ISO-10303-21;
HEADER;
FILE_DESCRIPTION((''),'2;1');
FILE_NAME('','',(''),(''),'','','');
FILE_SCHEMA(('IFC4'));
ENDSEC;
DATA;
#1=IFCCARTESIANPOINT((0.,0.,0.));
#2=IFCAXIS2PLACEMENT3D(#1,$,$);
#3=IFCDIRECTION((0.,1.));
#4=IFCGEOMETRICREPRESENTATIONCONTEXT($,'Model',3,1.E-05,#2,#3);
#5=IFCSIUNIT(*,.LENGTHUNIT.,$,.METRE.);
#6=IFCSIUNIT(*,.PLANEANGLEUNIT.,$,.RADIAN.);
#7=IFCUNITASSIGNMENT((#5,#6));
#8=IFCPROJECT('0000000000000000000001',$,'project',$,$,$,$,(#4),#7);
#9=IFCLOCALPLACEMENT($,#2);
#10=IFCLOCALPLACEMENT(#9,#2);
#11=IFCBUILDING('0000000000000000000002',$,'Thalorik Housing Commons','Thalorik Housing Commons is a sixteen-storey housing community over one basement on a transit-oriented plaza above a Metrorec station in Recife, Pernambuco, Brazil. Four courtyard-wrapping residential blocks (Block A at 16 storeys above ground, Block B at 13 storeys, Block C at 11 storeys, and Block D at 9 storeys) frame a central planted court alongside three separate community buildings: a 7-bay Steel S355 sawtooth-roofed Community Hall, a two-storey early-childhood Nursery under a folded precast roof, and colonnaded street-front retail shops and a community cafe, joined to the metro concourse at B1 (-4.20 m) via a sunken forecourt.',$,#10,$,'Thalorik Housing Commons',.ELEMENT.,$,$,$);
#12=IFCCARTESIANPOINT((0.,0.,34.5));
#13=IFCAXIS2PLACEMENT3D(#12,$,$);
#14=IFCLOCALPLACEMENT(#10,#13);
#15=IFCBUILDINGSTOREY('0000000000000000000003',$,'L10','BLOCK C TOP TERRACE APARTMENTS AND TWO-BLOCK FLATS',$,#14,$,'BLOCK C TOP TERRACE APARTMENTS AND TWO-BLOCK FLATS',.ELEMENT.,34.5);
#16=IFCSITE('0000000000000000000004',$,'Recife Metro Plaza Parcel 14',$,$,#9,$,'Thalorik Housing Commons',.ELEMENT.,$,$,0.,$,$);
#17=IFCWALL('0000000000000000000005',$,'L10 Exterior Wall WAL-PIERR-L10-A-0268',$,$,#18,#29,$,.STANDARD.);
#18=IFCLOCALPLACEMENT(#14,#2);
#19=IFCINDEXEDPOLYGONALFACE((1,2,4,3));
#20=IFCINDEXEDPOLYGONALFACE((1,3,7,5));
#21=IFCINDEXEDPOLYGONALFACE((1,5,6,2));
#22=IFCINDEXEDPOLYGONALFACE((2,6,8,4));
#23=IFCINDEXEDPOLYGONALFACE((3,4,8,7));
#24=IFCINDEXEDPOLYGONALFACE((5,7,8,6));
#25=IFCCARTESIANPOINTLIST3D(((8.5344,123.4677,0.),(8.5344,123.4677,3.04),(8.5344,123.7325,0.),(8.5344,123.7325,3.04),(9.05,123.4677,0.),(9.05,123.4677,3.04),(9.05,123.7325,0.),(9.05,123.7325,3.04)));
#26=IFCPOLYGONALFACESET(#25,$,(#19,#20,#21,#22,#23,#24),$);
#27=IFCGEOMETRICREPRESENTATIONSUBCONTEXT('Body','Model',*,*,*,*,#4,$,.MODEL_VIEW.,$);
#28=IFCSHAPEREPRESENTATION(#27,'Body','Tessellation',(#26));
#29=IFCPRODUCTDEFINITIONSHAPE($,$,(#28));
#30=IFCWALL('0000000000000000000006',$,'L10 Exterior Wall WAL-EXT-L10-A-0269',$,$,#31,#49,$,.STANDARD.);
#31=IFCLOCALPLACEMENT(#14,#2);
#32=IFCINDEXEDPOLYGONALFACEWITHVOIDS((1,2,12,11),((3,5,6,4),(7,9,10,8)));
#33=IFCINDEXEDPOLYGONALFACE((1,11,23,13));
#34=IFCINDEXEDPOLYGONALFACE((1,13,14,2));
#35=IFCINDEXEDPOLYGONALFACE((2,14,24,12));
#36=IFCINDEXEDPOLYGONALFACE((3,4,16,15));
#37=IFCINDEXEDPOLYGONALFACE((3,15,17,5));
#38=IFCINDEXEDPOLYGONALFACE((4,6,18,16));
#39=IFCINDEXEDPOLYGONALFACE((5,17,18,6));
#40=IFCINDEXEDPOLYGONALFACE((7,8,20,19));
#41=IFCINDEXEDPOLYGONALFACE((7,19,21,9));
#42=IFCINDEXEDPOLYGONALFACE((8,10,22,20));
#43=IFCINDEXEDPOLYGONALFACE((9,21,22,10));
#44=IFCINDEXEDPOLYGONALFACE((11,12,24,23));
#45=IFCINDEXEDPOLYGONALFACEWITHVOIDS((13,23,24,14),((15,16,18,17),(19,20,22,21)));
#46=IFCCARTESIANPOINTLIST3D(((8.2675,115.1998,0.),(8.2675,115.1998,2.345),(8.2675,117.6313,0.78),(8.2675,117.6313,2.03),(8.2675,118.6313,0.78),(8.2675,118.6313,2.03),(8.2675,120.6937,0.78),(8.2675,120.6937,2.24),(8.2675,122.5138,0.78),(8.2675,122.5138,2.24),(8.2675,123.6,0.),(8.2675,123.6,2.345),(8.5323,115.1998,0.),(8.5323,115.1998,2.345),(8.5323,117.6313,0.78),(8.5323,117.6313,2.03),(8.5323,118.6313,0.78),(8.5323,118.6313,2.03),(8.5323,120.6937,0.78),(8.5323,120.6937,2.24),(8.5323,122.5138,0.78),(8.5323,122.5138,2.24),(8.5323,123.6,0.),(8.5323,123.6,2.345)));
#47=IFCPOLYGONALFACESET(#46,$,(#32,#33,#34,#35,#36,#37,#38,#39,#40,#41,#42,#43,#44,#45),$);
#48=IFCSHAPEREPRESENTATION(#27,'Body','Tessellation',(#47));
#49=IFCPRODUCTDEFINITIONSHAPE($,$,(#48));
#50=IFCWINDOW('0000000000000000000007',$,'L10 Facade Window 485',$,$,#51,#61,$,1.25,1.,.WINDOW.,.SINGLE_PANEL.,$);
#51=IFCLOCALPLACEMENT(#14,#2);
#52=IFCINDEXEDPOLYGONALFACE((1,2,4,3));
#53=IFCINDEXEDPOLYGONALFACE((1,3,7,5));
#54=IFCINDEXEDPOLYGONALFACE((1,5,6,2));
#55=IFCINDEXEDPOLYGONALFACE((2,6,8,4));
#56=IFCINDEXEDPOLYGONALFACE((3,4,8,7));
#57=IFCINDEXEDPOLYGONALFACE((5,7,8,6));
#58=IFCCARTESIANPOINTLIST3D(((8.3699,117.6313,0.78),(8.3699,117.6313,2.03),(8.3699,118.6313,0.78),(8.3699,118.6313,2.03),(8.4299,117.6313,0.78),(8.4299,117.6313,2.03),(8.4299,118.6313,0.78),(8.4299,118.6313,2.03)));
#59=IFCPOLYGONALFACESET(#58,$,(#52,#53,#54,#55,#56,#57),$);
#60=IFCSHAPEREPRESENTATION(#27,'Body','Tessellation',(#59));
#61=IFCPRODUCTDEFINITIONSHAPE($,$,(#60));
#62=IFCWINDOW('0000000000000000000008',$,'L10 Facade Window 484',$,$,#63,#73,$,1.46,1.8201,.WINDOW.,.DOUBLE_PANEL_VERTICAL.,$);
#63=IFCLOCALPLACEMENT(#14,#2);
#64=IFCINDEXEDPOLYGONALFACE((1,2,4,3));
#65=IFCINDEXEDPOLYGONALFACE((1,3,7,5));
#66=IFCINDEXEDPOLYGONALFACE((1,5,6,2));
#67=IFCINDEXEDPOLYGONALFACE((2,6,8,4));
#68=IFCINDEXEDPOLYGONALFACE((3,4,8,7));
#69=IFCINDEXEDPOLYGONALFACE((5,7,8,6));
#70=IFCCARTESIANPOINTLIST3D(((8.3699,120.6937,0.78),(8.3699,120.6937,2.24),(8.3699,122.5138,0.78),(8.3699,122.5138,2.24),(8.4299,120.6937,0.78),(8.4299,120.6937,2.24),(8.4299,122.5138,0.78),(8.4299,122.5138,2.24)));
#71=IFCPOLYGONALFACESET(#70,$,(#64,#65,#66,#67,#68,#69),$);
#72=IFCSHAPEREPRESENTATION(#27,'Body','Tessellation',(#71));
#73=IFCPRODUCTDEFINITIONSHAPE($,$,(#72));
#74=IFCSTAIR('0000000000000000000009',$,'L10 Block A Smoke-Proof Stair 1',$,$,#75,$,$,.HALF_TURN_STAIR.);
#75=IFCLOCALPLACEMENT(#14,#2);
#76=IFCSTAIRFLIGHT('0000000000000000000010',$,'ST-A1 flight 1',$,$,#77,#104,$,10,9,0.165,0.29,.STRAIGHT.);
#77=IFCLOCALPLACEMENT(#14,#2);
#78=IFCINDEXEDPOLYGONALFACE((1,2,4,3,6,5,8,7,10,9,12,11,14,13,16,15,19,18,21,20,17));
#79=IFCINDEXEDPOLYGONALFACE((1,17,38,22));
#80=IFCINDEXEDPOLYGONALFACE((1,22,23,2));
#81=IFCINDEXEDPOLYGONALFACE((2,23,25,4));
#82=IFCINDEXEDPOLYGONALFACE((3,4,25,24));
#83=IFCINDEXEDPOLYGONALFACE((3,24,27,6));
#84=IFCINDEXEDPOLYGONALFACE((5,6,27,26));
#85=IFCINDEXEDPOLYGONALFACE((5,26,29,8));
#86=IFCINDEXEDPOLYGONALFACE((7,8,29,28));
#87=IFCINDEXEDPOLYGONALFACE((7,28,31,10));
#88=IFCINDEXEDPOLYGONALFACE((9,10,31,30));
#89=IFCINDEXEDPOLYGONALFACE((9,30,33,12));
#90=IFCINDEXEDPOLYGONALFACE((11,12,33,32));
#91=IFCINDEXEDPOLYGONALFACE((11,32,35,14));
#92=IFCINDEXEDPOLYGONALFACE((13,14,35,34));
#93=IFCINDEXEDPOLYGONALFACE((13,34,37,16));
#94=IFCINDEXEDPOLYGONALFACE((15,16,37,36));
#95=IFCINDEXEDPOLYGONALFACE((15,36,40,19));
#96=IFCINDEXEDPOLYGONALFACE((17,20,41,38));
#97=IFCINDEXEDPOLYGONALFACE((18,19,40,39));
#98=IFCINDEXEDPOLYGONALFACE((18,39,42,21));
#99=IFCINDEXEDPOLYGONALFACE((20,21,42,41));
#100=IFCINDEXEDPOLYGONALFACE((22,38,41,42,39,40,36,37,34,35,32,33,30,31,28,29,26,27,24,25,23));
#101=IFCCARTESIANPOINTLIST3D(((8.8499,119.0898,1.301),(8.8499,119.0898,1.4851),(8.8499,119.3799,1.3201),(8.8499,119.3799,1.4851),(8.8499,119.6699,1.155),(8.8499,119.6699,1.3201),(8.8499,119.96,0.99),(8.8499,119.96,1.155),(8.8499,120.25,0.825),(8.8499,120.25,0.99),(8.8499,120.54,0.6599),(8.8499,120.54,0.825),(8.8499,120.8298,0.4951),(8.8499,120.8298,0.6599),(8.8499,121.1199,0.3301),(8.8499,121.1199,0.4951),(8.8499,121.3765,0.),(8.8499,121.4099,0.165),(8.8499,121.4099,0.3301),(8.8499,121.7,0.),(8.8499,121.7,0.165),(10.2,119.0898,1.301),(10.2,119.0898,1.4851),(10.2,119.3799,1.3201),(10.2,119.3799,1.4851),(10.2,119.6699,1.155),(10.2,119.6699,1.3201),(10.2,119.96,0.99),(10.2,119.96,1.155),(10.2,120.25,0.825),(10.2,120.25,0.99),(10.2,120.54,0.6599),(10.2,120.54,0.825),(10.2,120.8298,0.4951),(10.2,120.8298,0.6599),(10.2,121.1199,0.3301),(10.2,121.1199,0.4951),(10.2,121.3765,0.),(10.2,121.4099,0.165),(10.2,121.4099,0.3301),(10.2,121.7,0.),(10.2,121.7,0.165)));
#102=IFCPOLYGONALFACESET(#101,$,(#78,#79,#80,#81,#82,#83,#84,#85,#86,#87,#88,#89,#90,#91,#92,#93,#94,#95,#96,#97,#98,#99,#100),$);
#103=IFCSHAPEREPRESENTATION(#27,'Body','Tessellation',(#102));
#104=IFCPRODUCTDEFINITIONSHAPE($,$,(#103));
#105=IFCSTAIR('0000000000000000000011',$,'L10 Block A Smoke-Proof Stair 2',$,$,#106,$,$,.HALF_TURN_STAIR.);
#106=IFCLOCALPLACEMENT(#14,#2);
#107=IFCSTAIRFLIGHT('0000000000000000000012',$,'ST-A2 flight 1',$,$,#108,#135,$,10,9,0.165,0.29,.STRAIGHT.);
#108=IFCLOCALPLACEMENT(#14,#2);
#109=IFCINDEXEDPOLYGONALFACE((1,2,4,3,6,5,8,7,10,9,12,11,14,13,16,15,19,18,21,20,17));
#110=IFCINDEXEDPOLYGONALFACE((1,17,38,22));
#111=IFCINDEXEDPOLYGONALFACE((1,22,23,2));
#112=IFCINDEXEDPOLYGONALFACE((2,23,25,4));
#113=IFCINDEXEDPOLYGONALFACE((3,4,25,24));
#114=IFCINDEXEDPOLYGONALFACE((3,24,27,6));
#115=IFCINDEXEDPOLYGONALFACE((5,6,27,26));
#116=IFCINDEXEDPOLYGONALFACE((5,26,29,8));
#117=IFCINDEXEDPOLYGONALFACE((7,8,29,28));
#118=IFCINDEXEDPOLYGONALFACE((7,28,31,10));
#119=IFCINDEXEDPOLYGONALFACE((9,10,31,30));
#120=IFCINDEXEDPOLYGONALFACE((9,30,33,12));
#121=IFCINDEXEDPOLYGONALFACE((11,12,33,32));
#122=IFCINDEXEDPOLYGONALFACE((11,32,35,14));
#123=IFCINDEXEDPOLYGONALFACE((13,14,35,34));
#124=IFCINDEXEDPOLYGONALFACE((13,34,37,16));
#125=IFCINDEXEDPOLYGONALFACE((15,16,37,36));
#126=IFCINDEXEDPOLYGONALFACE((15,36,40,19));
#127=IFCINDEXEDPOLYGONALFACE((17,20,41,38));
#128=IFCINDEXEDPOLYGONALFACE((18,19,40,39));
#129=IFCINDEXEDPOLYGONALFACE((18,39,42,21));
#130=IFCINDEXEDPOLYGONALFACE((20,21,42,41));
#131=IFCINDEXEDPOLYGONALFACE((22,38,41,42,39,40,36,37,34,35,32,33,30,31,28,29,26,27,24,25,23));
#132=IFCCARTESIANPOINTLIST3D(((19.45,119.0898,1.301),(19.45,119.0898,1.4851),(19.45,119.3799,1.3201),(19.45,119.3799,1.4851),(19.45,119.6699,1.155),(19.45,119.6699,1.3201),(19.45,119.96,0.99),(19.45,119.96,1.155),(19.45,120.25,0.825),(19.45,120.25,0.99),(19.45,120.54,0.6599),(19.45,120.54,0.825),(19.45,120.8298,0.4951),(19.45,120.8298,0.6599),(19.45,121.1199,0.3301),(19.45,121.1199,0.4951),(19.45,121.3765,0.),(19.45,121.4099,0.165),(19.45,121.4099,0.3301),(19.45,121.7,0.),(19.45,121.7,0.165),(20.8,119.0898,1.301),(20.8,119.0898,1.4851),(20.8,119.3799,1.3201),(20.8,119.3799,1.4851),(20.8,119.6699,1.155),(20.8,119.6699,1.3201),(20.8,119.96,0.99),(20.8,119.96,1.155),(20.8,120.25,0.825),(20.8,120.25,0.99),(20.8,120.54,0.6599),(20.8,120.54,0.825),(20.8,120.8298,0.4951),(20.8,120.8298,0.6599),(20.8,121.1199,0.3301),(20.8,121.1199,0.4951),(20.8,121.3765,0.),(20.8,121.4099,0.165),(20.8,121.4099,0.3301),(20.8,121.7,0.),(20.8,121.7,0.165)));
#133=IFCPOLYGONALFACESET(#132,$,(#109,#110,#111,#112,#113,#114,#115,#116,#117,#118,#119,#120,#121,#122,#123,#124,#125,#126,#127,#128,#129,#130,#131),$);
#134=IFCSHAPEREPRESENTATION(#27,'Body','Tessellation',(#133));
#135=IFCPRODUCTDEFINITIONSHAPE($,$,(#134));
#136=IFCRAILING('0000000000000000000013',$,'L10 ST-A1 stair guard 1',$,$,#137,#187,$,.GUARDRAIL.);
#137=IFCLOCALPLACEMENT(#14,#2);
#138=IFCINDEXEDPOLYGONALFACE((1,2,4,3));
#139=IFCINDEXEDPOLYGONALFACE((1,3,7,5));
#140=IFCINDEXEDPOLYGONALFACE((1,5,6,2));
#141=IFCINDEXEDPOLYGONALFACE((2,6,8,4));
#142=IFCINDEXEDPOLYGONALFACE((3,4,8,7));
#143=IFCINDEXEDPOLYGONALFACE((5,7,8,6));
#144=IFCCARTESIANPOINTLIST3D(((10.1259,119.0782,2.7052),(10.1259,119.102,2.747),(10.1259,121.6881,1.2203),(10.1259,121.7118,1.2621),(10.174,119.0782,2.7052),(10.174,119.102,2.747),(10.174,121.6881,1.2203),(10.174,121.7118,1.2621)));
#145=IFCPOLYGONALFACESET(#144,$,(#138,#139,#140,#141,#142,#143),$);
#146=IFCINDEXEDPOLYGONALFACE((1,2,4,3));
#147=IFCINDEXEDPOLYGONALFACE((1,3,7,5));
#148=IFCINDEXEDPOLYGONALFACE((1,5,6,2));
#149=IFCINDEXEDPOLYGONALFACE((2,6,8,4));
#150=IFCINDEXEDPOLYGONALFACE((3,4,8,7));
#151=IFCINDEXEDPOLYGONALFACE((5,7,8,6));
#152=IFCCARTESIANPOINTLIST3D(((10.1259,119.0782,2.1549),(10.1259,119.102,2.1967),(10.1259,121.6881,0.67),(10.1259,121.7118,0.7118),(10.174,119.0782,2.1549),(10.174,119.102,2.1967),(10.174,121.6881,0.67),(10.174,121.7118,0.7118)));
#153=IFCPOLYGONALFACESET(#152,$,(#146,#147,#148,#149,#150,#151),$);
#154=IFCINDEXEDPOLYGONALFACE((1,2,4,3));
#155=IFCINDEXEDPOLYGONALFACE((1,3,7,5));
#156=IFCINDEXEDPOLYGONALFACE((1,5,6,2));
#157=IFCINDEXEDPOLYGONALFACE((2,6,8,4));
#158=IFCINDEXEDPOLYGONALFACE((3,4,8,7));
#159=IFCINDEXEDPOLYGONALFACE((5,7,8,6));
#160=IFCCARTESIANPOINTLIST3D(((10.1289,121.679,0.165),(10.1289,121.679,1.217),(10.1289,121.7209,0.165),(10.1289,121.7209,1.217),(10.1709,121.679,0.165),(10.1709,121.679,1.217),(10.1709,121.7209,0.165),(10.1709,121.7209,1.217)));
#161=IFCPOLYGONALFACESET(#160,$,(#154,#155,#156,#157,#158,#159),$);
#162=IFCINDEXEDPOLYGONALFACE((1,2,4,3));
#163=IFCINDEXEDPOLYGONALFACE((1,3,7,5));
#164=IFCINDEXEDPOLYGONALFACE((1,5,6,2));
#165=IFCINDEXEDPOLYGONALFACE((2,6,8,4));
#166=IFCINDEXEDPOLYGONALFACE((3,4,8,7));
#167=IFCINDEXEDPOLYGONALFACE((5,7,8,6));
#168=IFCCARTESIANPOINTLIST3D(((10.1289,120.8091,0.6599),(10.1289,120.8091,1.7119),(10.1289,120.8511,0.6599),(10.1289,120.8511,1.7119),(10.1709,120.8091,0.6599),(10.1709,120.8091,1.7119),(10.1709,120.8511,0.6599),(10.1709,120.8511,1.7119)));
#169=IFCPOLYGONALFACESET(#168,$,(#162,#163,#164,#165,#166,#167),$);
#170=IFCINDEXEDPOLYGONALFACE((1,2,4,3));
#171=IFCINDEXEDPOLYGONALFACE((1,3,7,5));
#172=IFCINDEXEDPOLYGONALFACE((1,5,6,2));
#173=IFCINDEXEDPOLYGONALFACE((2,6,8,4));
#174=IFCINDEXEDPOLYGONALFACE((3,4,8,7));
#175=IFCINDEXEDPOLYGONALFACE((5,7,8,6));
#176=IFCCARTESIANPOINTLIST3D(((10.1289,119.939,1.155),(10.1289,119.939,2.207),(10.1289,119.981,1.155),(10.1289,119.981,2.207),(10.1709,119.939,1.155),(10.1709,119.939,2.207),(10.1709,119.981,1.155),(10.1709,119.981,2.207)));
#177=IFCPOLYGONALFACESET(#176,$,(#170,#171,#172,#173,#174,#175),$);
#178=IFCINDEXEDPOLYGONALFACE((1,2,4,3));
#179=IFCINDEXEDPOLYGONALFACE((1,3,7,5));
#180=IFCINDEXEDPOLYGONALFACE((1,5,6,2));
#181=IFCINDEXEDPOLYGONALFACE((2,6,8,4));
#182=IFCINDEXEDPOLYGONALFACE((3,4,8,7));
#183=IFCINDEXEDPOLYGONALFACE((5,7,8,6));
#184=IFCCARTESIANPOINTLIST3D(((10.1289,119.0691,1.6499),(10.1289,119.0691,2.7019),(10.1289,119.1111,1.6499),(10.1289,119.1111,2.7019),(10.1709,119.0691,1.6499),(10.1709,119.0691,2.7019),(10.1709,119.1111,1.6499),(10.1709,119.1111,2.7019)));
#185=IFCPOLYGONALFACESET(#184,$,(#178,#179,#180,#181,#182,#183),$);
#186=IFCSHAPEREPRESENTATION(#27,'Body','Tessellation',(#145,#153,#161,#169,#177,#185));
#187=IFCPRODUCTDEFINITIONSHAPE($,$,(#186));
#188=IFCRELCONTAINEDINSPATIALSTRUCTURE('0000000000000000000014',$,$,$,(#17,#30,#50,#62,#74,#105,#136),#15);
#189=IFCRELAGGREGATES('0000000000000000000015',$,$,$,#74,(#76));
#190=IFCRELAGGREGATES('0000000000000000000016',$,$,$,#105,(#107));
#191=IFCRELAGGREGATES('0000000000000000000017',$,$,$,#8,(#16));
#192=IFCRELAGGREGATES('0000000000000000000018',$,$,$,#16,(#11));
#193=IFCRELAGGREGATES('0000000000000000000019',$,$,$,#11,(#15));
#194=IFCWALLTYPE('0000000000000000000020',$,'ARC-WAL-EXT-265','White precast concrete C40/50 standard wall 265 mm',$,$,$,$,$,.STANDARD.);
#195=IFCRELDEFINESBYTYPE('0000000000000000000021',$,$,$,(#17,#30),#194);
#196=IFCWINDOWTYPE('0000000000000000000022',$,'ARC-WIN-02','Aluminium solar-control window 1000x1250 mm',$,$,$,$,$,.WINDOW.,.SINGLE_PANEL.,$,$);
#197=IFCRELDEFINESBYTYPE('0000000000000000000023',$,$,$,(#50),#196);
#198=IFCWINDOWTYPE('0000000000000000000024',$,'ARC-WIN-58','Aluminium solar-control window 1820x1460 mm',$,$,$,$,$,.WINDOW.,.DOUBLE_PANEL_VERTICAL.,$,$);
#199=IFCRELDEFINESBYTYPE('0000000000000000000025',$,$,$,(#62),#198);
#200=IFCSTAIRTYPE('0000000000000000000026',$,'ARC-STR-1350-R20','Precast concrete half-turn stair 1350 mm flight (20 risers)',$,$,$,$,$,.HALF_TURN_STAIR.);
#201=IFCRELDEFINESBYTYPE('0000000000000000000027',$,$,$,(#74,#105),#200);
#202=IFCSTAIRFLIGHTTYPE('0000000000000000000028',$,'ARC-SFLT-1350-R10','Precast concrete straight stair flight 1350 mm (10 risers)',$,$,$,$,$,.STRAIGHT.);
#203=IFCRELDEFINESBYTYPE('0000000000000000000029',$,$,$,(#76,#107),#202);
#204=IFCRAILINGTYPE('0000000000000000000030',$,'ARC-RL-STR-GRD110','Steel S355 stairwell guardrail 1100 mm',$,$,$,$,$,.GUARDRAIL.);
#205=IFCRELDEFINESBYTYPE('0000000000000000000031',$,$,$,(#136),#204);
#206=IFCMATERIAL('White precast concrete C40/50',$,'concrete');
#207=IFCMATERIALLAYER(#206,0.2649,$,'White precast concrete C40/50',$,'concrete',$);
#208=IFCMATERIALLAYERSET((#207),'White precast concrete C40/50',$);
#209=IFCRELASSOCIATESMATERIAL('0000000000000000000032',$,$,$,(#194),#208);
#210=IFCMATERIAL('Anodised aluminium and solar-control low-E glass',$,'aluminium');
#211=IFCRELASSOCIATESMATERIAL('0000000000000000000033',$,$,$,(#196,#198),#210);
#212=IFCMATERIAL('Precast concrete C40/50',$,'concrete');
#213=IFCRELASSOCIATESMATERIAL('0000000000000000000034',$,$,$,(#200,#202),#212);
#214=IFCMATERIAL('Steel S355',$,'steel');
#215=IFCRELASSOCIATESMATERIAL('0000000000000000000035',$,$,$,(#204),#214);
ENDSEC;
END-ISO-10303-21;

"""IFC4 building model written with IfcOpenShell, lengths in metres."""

from ifc_helpers import new_model, si_unit, direction, frame, frame_2d, origin, origin_2d, place, context, subcontext, project, spatial, polyline, rectangle, outline, extrude, material, layer, layer_set, type_object, element, fill, aggregate, save


model = new_model("IFC4")

# Units and contexts
model_context = context("Model", 3, precision=1e-05, world=origin(), true_north=direction((0.0, 1.0)))
body_context = subcontext(model_context, "Body", "Model", "MODEL_VIEW")
ifc_project = project(units=[si_unit("LENGTHUNIT", "METRE"), si_unit("PLANEANGLEUNIT", "RADIAN")], contexts=[model_context])

# Site, building, storey
site_placement = place(None, origin())
site = spatial("IfcSite", under=ifc_project, at=site_placement, Name="Recife Metro Plaza Parcel 14", LongName="Thalorik Housing Commons", CompositionType="ELEMENT", RefElevation=0.0)
building_placement = place(site_placement, origin())
building = spatial("IfcBuilding", under=site, at=building_placement, Name="Thalorik Housing Commons", Description="Thalorik Housing Commons is a sixteen-storey housing community over one basement on a transit-oriented plaza above a Metrorec station in Recife, Pernambuco, Brazil. Four courtyard-wrapping residential blocks (Block A at 16 storeys above ground, Block B at 13 storeys, Block C at 11 storeys, and Block D at 9 storeys) frame a central planted court alongside three separate community buildings: a 7-bay Steel S355 sawtooth-roofed Community Hall, a two-storey early-childhood Nursery under a folded precast roof, and colonnaded street-front retail shops and a community cafe, joined to the metro concourse at B1 (-4.20 m) via a sunken forecourt.", LongName="Thalorik Housing Commons", CompositionType="ELEMENT")
storey_placement = place(building_placement, frame((0.0, 0.0, 34.5)))
storey = spatial("IfcBuildingStorey", under=building, at=storey_placement, Name="L10", Description="BLOCK C TOP TERRACE APARTMENTS AND TWO-BLOCK FLATS", LongName="BLOCK C TOP TERRACE APARTMENTS AND TWO-BLOCK FLATS", CompositionType="ELEMENT", Elevation=34.5)

# Shared definitions
ifc_material_1 = material(Name="Precast concrete C40/50", Category="concrete")

# Shared definitions
ifc_material_2 = material(Name="Anodised aluminium and solar-control low-E glass", Category="aluminium")

# Shared definitions
ifc_material_3 = material(Name="Steel S355", Category="steel")

# Wall
ifc_material_4 = material(Name="White precast concrete C40/50", Category="concrete")
ifc_layer_1 = layer(ifc_material_4, 0.2649, Name="White precast concrete C40/50", Category="concrete")
ifc_layer_set_1 = layer_set([ifc_layer_1], Name="White precast concrete C40/50")
wall_type_1 = type_object("IfcWallType", Name="ARC-WAL-EXT-265", Description="White precast concrete C40/50 standard wall 265 mm", PredefinedType="STANDARD", material=ifc_layer_set_1)
wall_1_placement = place(storey_placement, frame((9.05, 123.6001, 0.0), z_axis=(0.0, 0.0, 1.0), x_axis=(-1.0, 0.0, 0.0)))
element("IfcWall", 1, at=wall_1_placement, inside=storey, type_object=wall_type_1, Name="L10 Exterior Wall WAL-PIERR-L10-A-0268", PredefinedType="STANDARD", context=body_context, shape_type="SweptSolid", body=[
    extrude(rectangle(XDim=0.5156, YDim=0.2649, at=frame_2d((0.2578, 0.0))), origin(), (0.0, 0.0, 1.0), 3.04),
])

# Wall, openings, windows
wall_2_placement = place(storey_placement, frame((8.3999, 123.6001, 0.0), z_axis=(0.0, 0.0, 1.0), x_axis=(0.0, -1.0, 0.0)))
wall_2 = element("IfcWall", 2, at=wall_2_placement, inside=storey, type_object=wall_type_1, Name="L10 Exterior Wall WAL-EXT-L10-A-0269", PredefinedType="STANDARD", context=body_context, shape_type="SweptSolid", body=[
    extrude(rectangle(XDim=8.4001, YDim=0.2649, at=frame_2d((4.2002, 0.0))), origin(), (0.0, 0.0, 1.0), 2.345),
])
opening_1_placement = place(wall_2_placement, frame((1.0862, 0.0, 0.78)))
opening_1 = element("IfcOpeningElement", 3, at=opening_1_placement, cuts=wall_2, PredefinedType="OPENING", context=body_context, shape_type="SweptSolid", body=[
    extrude(rectangle(XDim=1.8201, YDim=1.46, at=frame_2d((0.9102, 0.73))), frame((0.0, 0.1426, 0.0), z_axis=(0.0, -1.0, 0.0), x_axis=(1.0, 0.0, 0.0)), (0.0, 0.0, 1.0), 0.2849),
])
opening_2_placement = place(wall_2_placement, frame((4.9688, 0.0, 0.78)))
opening_2 = element("IfcOpeningElement", 4, at=opening_2_placement, cuts=wall_2, PredefinedType="OPENING", context=body_context, shape_type="SweptSolid", body=[
    extrude(rectangle(XDim=1.0, YDim=1.25, at=frame_2d((0.5, 0.625))), frame((0.0, 0.1426, 0.0), z_axis=(0.0, -1.0, 0.0), x_axis=(1.0, 0.0, 0.0)), (0.0, 0.0, 1.0), 0.2849),
])
window_type_1 = type_object("IfcWindowType", Name="ARC-WIN-02", Description="Aluminium solar-control window 1000x1250 mm", PartitioningType="SINGLE_PANEL", PredefinedType="WINDOW", material=ifc_material_2)
window_1_placement = place(opening_2_placement, origin())
window_1 = element("IfcWindow", 5, at=window_1_placement, inside=storey, type_object=window_type_1, Name="L10 Facade Window 485", OverallHeight=1.25, OverallWidth=1.0, PartitioningType="SINGLE_PANEL", PredefinedType="WINDOW", context=body_context, shape_type="SweptSolid", body=[
    extrude(rectangle(XDim=1.0, YDim=1.25, at=frame_2d((0.5, 0.625))), frame((0.0, 0.03, 0.0), z_axis=(0.0, -1.0, 0.0), x_axis=(1.0, 0.0, 0.0)), (0.0, 0.0, 1.0), 0.0601),
])
fill(opening_2, window_1)
window_type_2 = type_object("IfcWindowType", Name="ARC-WIN-58", Description="Aluminium solar-control window 1820x1460 mm", PartitioningType="DOUBLE_PANEL_VERTICAL", PredefinedType="WINDOW", material=ifc_material_2)
window_2_placement = place(opening_1_placement, origin())
window_2 = element("IfcWindow", 6, at=window_2_placement, inside=storey, type_object=window_type_2, Name="L10 Facade Window 484", OverallHeight=1.46, OverallWidth=1.8201, PartitioningType="DOUBLE_PANEL_VERTICAL", PredefinedType="WINDOW", context=body_context, shape_type="SweptSolid", body=[
    extrude(rectangle(XDim=1.8201, YDim=1.46, at=frame_2d((0.9102, 0.73))), frame((0.0, 0.03, 0.0), z_axis=(0.0, -1.0, 0.0), x_axis=(1.0, 0.0, 0.0)), (0.0, 0.0, 1.0), 0.0601),
])
fill(opening_1, window_2)

# Stairs, stair flights
stair_type = type_object("IfcStairType", Name="ARC-STR-1350-R20", Description="Precast concrete half-turn stair 1350 mm flight (20 risers)", PredefinedType="HALF_TURN_STAIR", material=ifc_material_1)
stair_1_placement = place(storey_placement, origin())
stair_1 = element("IfcStair", 7, at=stair_1_placement, inside=storey, type_object=stair_type, Name="L10 Block A Smoke-Proof Stair 1", PredefinedType="HALF_TURN_STAIR")
stair_flight_type = type_object("IfcStairFlightType", Name="ARC-SFLT-1350-R10", Description="Precast concrete straight stair flight 1350 mm (10 risers)", PredefinedType="STRAIGHT", material=ifc_material_1)
stair_flight_1_placement = place(storey_placement, frame((9.5249, 121.7, 0.0), z_axis=(0.0, 0.0, 1.0), x_axis=(0.0, -1.0, 0.0)))
stair_flight_1 = element("IfcStairFlight", 8, at=stair_flight_1_placement, type_object=stair_flight_type, Name="ST-A1 flight 1", NumberOfRisers=10, NumberOfTreads=9, PredefinedType="STRAIGHT", RiserHeight=0.165, TreadLength=0.29, context=body_context, shape_type="SweptSolid", body=[
    extrude(outline(polyline([(0.0, 0.0), (0.0, 0.165), (0.29, 0.165), (0.29, 0.3301), (0.5801, 0.3301), (0.5801, 0.4951), (0.8701, 0.4951), (0.8701, 0.6599), (1.1599, 0.6599), (1.1599, 0.825), (1.45, 0.825), (1.45, 0.99), (1.74, 0.99), (1.74, 1.155), (2.03, 1.155), (2.03, 1.3201), (2.3201, 1.3201), (2.3201, 1.4851), (2.6101, 1.4851), (2.6101, 1.6499), (2.6101, 1.301), (0.3235, 0.0), (0.0, 0.0)])), frame((0.0, 0.675, 0.0), z_axis=(0.0, -1.0, 0.0), x_axis=(1.0, 0.0, 0.0)), (0.0, 0.0, 1.0), 1.3501),
])
aggregate(stair_1, [stair_flight_1])
stair_2_placement = place(storey_placement, origin())
stair_2 = element("IfcStair", 9, at=stair_2_placement, inside=storey, type_object=stair_type, Name="L10 Block A Smoke-Proof Stair 2", PredefinedType="HALF_TURN_STAIR")
stair_flight_2_placement = place(storey_placement, frame((20.125, 121.7, 0.0), z_axis=(0.0, 0.0, 1.0), x_axis=(0.0, -1.0, 0.0)))
stair_flight_2 = element("IfcStairFlight", 10, at=stair_flight_2_placement, type_object=stair_flight_type, Name="ST-A2 flight 1", NumberOfRisers=10, NumberOfTreads=9, PredefinedType="STRAIGHT", RiserHeight=0.165, TreadLength=0.29, context=body_context, shape_type="SweptSolid", body=[
    extrude(outline(polyline([(0.0, 0.0), (0.0, 0.165), (0.29, 0.165), (0.29, 0.3301), (0.5801, 0.3301), (0.5801, 0.4951), (0.8701, 0.4951), (0.8701, 0.6599), (1.1599, 0.6599), (1.1599, 0.825), (1.45, 0.825), (1.45, 0.99), (1.74, 0.99), (1.74, 1.155), (2.03, 1.155), (2.03, 1.3201), (2.3201, 1.3201), (2.3201, 1.4851), (2.6101, 1.4851), (2.6101, 1.6499), (2.6101, 1.301), (0.3235, 0.0), (0.0, 0.0)])), frame((0.0, 0.675, 0.0), z_axis=(0.0, -1.0, 0.0), x_axis=(1.0, 0.0, 0.0)), (0.0, 0.0, 1.0), 1.3501),
])
aggregate(stair_2, [stair_flight_2])

# Railing
railing_type_1 = type_object("IfcRailingType", Name="ARC-RL-STR-GRD110", Description="Steel S355 stairwell guardrail 1100 mm", PredefinedType="GUARDRAIL", material=ifc_material_3)
railing_1_placement = place(storey_placement, frame((10.1499, 121.7, 0.165)))
element("IfcRailing", 11, at=railing_1_placement, inside=storey, type_object=railing_type_1, Name="L10 ST-A1 stair guard 1", PredefinedType="GUARDRAIL", context=body_context, shape_type="SweptSolid", body=[
    extrude(rectangle(XDim=0.0481, YDim=0.0481, at=origin_2d()), frame((0.0, 0.0, 1.0762), z_axis=(0.0, -0.869172, 0.494509), x_axis=(1.0, 0.0, 0.0)), (0.0, 0.0, 1.0), 3.0027),
    extrude(rectangle(XDim=0.0481, YDim=0.0481, at=origin_2d()), frame((0.0, 0.0, 0.5259), z_axis=(0.0, -0.869172, 0.494509), x_axis=(1.0, 0.0, 0.0)), (0.0, 0.0, 1.0), 3.0027),
    extrude(rectangle(XDim=0.042, YDim=0.042, at=origin_2d()), origin(), (0.0, 0.0, 1.0), 1.052),
    extrude(rectangle(XDim=0.042, YDim=0.042, at=origin_2d()), frame((0.0, -0.8699, 0.4949)), (0.0, 0.0, 1.0), 1.052),
    extrude(rectangle(XDim=0.042, YDim=0.042, at=origin_2d()), frame((0.0, -1.74, 0.99)), (0.0, 0.0, 1.0), 1.052),
    extrude(rectangle(XDim=0.042, YDim=0.042, at=origin_2d()), frame((0.0, -2.6099, 1.4849)), (0.0, 0.0, 1.0), 1.052),
])

save(model, "model.ifc")
